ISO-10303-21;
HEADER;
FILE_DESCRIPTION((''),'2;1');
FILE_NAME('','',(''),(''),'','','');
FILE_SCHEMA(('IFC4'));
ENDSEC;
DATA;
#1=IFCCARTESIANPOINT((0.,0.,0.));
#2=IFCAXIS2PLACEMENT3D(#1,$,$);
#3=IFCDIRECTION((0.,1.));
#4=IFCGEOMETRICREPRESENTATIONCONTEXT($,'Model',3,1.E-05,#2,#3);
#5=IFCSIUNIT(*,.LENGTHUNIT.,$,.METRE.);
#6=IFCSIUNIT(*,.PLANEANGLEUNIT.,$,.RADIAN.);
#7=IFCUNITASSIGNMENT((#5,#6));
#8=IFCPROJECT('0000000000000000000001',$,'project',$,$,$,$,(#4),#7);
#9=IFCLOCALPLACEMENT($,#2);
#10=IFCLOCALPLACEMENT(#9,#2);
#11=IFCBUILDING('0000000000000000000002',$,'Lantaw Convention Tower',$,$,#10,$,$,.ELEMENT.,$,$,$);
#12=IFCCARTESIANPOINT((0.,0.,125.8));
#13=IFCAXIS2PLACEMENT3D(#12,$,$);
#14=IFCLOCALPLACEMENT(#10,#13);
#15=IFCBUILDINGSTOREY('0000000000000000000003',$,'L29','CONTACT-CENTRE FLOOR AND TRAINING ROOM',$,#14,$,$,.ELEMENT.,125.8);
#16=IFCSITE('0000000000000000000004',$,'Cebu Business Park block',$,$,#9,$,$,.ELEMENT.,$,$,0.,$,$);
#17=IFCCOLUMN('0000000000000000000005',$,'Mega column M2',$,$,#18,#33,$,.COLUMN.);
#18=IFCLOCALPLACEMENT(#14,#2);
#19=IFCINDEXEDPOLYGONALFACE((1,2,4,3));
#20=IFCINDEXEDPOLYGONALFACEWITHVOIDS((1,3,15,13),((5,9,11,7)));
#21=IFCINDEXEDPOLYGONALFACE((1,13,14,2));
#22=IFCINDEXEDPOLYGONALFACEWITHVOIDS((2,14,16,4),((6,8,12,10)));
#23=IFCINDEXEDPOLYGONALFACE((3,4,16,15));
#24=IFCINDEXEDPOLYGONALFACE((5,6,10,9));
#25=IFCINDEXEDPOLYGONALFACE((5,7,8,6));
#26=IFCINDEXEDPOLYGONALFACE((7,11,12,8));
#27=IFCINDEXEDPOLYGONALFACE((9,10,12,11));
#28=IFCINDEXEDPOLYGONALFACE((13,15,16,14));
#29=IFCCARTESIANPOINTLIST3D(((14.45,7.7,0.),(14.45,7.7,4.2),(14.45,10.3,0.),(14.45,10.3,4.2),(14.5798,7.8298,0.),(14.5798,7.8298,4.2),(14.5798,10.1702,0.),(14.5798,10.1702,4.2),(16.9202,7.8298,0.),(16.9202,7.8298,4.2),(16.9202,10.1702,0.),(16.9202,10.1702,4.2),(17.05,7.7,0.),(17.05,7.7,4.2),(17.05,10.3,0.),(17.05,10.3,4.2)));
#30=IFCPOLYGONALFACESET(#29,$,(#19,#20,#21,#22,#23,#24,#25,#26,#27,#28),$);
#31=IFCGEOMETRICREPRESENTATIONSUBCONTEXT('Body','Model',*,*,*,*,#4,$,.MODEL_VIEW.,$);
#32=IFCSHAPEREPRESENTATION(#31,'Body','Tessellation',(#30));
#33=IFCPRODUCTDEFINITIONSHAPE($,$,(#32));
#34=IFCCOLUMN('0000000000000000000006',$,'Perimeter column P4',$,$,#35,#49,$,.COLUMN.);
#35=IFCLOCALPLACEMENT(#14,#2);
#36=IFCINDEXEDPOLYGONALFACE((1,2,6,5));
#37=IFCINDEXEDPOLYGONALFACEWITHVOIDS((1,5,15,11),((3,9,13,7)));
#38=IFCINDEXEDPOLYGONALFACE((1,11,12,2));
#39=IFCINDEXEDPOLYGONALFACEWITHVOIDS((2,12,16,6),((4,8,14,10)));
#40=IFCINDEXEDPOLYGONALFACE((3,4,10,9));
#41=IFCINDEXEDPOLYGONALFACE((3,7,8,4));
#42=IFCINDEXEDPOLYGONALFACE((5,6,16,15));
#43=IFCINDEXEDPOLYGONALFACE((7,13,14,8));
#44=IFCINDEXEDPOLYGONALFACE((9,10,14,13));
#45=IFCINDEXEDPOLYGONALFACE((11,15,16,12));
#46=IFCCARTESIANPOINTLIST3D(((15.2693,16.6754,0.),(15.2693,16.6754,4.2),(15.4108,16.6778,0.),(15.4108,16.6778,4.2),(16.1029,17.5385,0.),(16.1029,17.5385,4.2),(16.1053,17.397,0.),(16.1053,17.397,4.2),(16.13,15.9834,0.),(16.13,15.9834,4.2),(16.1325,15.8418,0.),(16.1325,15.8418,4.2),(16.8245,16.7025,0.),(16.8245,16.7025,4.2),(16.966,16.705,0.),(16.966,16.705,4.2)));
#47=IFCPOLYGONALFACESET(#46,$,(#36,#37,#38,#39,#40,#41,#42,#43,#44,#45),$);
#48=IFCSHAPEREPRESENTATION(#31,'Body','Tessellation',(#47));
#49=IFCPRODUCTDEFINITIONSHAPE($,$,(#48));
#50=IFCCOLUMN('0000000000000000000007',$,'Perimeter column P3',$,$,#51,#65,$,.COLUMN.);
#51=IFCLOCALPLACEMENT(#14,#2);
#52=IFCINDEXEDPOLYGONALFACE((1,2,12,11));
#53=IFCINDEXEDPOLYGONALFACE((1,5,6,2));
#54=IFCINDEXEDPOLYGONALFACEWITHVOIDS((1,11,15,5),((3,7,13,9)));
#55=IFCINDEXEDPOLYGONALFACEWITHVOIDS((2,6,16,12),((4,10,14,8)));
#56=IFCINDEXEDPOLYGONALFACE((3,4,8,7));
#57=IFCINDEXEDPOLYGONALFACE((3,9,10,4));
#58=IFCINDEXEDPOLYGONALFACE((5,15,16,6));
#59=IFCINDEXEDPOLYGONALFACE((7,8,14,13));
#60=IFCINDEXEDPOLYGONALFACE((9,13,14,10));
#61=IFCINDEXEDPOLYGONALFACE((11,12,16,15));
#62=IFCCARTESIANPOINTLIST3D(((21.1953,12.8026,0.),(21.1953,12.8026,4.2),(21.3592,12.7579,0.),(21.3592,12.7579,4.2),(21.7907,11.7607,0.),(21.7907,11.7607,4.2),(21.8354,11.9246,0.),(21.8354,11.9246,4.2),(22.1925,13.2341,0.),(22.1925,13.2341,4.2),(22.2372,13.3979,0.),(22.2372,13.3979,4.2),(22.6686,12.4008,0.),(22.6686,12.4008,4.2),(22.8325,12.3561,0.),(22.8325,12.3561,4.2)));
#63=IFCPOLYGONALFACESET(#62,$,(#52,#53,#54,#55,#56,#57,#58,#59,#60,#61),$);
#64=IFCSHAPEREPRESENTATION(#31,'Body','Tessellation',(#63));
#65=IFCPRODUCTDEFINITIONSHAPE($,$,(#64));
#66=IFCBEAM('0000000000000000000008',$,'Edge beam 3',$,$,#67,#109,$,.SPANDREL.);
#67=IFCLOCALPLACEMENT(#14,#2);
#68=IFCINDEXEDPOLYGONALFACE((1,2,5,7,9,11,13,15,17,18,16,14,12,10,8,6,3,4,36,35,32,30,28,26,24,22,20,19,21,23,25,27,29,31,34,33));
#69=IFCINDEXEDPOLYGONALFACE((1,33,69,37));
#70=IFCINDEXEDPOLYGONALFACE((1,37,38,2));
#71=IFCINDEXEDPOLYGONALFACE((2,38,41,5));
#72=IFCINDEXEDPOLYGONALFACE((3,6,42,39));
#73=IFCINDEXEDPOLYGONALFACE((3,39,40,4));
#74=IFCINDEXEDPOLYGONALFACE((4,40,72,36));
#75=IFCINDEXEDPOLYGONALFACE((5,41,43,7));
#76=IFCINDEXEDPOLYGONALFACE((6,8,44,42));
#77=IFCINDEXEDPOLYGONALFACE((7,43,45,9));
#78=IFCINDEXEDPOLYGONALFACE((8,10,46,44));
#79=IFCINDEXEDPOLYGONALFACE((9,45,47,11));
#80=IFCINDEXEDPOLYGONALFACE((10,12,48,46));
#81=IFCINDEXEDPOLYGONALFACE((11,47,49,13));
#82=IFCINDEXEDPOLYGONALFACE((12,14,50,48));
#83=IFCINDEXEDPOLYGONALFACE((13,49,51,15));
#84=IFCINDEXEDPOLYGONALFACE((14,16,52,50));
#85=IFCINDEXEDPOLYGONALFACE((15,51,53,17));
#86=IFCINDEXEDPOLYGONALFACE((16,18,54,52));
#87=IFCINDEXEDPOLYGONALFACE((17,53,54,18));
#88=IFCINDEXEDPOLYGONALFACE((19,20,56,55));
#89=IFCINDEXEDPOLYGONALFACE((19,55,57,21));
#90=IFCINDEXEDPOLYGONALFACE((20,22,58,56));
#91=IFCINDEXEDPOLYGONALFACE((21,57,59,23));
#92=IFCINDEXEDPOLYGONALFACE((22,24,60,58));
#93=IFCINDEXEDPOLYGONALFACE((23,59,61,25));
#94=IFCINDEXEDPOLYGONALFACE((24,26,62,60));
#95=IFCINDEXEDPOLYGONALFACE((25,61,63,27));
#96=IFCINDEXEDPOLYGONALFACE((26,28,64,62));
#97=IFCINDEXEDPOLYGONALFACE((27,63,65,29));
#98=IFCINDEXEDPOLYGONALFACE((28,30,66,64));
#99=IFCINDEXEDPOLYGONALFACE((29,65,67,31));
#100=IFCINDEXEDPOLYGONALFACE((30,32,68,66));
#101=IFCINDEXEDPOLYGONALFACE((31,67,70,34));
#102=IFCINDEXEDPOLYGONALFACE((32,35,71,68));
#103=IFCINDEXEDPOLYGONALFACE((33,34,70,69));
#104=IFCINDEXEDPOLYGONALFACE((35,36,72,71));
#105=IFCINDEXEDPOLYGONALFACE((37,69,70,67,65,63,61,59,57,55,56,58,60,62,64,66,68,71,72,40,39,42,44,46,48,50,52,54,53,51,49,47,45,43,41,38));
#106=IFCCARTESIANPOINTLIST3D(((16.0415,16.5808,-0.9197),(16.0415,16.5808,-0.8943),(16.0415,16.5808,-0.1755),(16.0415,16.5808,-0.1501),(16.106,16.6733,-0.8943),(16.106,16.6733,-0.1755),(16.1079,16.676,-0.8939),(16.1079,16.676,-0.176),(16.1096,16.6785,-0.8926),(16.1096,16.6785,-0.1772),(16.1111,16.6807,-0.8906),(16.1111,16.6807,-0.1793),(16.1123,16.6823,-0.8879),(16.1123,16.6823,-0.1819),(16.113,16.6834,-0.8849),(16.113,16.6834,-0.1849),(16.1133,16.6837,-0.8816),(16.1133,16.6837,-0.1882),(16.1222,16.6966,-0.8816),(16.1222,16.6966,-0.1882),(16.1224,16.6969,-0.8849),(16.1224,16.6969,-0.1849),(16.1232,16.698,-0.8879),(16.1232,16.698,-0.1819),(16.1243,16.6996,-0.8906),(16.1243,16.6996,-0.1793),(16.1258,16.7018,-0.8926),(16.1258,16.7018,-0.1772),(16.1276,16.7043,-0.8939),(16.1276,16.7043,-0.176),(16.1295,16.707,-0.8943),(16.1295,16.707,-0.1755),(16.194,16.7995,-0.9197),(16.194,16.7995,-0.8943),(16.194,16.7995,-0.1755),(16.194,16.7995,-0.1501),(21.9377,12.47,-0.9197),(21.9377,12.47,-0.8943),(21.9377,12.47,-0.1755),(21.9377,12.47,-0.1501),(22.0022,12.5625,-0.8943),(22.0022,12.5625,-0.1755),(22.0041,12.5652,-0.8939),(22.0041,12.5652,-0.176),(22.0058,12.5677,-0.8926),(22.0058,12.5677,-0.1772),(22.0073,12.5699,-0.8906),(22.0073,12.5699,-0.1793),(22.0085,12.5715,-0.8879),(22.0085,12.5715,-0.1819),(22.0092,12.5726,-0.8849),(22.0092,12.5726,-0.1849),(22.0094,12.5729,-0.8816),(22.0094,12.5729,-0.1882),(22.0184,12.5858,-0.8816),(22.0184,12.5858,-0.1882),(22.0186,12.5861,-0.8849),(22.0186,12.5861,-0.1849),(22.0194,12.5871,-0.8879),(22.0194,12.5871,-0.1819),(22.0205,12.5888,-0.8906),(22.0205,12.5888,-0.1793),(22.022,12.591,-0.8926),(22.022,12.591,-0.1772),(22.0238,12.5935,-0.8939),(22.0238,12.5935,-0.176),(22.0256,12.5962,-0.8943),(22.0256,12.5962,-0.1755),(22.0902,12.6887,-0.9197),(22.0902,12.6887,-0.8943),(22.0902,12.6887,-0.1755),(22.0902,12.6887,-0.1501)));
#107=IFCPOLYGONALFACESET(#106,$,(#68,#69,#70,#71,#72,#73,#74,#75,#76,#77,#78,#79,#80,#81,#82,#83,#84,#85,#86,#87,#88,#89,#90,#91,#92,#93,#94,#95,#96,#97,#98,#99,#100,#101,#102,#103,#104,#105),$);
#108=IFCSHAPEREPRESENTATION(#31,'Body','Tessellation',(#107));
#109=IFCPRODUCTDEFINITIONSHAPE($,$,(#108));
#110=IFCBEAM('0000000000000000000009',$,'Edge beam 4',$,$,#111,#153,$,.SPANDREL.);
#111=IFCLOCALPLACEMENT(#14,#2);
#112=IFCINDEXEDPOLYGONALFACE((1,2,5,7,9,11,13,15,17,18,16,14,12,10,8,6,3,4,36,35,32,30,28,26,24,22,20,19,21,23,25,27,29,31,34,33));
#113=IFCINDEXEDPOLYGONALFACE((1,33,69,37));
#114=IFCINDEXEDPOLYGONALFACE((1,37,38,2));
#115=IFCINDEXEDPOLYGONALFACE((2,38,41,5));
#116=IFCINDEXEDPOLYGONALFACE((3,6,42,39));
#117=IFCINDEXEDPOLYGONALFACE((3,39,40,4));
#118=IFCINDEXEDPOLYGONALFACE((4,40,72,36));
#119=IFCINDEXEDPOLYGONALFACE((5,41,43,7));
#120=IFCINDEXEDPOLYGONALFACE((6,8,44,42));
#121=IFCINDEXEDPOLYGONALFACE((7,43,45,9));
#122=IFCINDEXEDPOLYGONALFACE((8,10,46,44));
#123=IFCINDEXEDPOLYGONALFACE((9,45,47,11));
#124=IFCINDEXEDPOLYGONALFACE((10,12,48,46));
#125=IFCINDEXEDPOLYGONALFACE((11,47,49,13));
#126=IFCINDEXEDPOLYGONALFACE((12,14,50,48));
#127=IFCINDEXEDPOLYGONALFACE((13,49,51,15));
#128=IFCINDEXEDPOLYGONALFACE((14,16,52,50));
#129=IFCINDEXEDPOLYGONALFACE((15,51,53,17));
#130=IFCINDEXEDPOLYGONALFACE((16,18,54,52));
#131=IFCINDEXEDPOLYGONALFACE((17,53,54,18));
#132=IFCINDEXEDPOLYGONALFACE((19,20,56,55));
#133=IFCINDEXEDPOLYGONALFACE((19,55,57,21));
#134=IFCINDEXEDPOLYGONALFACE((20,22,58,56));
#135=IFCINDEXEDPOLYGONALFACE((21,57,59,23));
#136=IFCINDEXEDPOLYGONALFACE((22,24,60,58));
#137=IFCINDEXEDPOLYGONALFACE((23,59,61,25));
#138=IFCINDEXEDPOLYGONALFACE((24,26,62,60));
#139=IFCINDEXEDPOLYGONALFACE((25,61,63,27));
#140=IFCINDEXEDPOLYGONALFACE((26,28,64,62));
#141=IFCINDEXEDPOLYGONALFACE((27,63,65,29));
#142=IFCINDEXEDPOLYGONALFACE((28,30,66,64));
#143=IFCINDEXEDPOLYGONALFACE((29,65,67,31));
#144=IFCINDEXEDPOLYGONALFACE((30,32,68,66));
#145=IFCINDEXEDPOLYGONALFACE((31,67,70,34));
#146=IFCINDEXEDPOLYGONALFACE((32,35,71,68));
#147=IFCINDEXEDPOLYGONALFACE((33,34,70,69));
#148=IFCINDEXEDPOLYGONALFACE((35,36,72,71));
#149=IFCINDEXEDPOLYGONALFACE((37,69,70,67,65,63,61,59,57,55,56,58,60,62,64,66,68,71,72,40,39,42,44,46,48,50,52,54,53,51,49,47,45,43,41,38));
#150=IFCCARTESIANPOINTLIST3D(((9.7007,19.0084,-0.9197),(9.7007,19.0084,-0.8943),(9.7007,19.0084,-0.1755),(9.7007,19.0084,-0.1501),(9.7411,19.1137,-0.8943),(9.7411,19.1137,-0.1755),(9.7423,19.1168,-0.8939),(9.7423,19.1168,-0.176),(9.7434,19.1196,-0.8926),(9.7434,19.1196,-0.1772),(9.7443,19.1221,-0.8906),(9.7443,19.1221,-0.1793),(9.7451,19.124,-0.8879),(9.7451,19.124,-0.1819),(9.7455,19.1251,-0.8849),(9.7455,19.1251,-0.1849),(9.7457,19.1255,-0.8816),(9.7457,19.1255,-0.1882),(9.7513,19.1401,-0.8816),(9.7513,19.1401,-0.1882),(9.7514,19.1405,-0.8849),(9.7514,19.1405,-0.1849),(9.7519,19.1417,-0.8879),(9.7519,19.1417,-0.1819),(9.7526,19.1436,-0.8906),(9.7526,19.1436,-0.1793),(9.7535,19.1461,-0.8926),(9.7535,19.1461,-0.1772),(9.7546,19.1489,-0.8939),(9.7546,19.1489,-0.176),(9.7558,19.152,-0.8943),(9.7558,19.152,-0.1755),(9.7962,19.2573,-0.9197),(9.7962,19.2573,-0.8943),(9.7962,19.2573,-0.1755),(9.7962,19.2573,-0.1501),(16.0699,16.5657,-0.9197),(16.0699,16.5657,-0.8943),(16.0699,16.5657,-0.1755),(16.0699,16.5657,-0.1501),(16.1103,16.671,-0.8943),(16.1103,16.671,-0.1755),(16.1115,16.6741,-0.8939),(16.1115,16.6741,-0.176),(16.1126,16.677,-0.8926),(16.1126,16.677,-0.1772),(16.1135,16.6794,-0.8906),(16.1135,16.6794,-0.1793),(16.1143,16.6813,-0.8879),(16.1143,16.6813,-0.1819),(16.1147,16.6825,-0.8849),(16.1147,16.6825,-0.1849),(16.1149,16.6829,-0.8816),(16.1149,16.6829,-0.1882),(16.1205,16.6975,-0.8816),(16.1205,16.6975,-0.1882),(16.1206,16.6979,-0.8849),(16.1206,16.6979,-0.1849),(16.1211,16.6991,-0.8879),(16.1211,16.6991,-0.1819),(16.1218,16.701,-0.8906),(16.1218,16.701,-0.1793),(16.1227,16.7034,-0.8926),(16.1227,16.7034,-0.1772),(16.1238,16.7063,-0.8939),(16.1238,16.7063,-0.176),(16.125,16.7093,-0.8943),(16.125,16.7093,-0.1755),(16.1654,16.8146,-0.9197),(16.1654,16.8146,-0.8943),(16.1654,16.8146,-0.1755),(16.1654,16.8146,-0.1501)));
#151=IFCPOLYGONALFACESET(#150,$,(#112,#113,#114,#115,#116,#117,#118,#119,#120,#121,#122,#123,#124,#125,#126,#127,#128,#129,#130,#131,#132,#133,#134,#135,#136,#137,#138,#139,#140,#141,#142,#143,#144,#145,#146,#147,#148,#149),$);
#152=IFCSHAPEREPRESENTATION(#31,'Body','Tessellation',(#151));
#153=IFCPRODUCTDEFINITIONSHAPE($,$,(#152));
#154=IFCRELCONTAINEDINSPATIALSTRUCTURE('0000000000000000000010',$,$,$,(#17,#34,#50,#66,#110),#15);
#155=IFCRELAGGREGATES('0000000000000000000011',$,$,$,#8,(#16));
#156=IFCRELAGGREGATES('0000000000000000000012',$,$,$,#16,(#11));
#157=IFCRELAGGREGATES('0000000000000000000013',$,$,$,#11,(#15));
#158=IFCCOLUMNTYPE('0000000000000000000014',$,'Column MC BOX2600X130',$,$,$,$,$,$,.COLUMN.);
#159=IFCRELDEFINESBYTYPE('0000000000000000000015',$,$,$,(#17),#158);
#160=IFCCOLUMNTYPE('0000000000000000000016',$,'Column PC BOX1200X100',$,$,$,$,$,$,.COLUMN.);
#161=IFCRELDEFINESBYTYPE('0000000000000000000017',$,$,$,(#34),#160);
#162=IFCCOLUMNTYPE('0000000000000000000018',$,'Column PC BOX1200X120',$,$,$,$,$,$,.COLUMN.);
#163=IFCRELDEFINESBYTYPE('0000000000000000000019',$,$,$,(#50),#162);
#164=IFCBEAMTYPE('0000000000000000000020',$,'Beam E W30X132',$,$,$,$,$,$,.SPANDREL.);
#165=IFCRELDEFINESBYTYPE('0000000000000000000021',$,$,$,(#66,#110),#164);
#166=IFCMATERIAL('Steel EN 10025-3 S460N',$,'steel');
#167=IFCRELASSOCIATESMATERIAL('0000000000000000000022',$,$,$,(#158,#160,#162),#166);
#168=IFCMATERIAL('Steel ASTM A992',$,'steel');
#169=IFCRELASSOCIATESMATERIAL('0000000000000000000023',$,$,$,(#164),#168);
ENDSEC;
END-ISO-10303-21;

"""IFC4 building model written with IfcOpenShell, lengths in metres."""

from ifc_helpers import new_model, si_unit, direction, frame, origin, origin_2d, place, context, subcontext, project, spatial, rectangle, hollow_rectangle, i_section, extrude, material, material_profile, profile_set, type_object, element, save


model = new_model("IFC4")

# Units and contexts
model_context = context("Model", 3, precision=1e-05, world=origin(), true_north=direction((0.0, 1.0)))
body_context = subcontext(model_context, "Body", "Model", "MODEL_VIEW")
ifc_project = project(units=[si_unit("LENGTHUNIT", "METRE"), si_unit("PLANEANGLEUNIT", "RADIAN")], contexts=[model_context])

# Site, building, storey
site_placement = place(None, origin())
site = spatial("IfcSite", under=ifc_project, at=site_placement, Name="Cebu Business Park block", CompositionType="ELEMENT", RefElevation=0.0)
building_placement = place(site_placement, origin())
building = spatial("IfcBuilding", under=site, at=building_placement, Name="Lantaw Convention Tower", CompositionType="ELEMENT")
storey_placement = place(building_placement, frame((0.0, 0.0, 125.8)))
storey = spatial("IfcBuildingStorey", under=building, at=storey_placement, Name="L29", Description="CONTACT-CENTRE FLOOR AND TRAINING ROOM", CompositionType="ELEMENT", Elevation=125.8)

# Columns
ifc_material_1 = material(Name="Steel EN 10025-3 S460N", Category="steel")
ifc_material_profile_1 = material_profile(ifc_material_1, hollow_rectangle(XDim=2.6001, YDim=2.6001, WallThickness=0.1299, at=origin_2d()), Name="BOX2600X130")
ifc_material_2 = material(Name="Concrete C60/75", Category="concrete")
ifc_material_profile_2 = material_profile(ifc_material_2, rectangle(XDim=2.3401, YDim=2.3401, at=origin_2d()), Name="Concrete fill of BOX2600X130")
ifc_profile_set_1 = profile_set([ifc_material_profile_1, ifc_material_profile_2], Name="Steel EN 10025-3 S460N")
column_type_1 = type_object("IfcColumnType", Name="Column MC BOX2600X130", PredefinedType="COLUMN", material=ifc_profile_set_1)
column_1_placement = place(storey_placement, frame((15.75, 9.0, 0.0), z_axis=(0.0, 0.0, 1.0), x_axis=(1.0, 0.0, 0.0)))
element("IfcColumn", 1, at=column_1_placement, inside=storey, type_object=column_type_1, Name="Mega column M2", PredefinedType="COLUMN", context=body_context, shape_type="SweptSolid", body=[
    extrude(hollow_rectangle(XDim=2.6001, YDim=2.6001, WallThickness=0.1299, at=origin_2d()), origin(), (0.0, 0.0, 1.0), 4.2),
])
ifc_material_profile_3 = material_profile(ifc_material_1, hollow_rectangle(XDim=1.2, YDim=1.2, WallThickness=0.1001, at=origin_2d()), Name="BOX1200X100")
ifc_material_profile_4 = material_profile(ifc_material_2, rectangle(XDim=1.0, YDim=1.0, at=origin_2d()), Name="Concrete fill of BOX1200X100")
ifc_profile_set_2 = profile_set([ifc_material_profile_3, ifc_material_profile_4], Name="Steel EN 10025-3 S460N")
column_type_2 = type_object("IfcColumnType", Name="Column PC BOX1200X100", PredefinedType="COLUMN", material=ifc_profile_set_2)
column_2_placement = place(storey_placement, frame((16.1177, 16.6902, 0.0), z_axis=(0.0, 0.0, 1.0), x_axis=(0.694658, 0.71934, 0.0)))
element("IfcColumn", 2, at=column_2_placement, inside=storey, type_object=column_type_2, Name="Perimeter column P4", PredefinedType="COLUMN", context=body_context, shape_type="SweptSolid", body=[
    extrude(hollow_rectangle(XDim=1.2, YDim=1.2, WallThickness=0.1001, at=origin_2d()), origin(), (0.0, 0.0, 1.0), 4.2),
])
ifc_material_profile_5 = material_profile(ifc_material_1, hollow_rectangle(XDim=1.2, YDim=1.2, WallThickness=0.1201, at=origin_2d()), Name="BOX1200X120")
ifc_material_profile_6 = material_profile(ifc_material_2, rectangle(XDim=0.96, YDim=0.96, at=origin_2d()), Name="Concrete fill of BOX1200X120")
ifc_profile_set_3 = profile_set([ifc_material_profile_5, ifc_material_profile_6], Name="Steel EN 10025-3 S460N")
column_type_3 = type_object("IfcColumnType", Name="Column PC BOX1200X120", PredefinedType="COLUMN", material=ifc_profile_set_3)
column_3_placement = place(storey_placement, frame((22.0139, 12.5793, 0.0), z_axis=(0.0, 0.0, 1.0), x_axis=(0.868243, 0.496139, 0.0)))
element("IfcColumn", 3, at=column_3_placement, inside=storey, type_object=column_type_3, Name="Perimeter column P3", PredefinedType="COLUMN", context=body_context, shape_type="SweptSolid", body=[
    extrude(hollow_rectangle(XDim=1.2, YDim=1.2, WallThickness=0.1201, at=origin_2d()), origin(), (0.0, 0.0, 1.0), 4.2),
])

# Beams
ifc_material_3 = material(Name="Steel ASTM A992", Category="steel")
ifc_material_profile_7 = material_profile(ifc_material_3, i_section(OverallWidth=0.2666, OverallDepth=0.7695, WebThickness=0.0156, FlangeThickness=0.0254, FilletRadius=0.0127, at=origin_2d()), Name="W30X132")
ifc_profile_set_4 = profile_set([ifc_material_profile_7], Name="Steel ASTM A992")
beam_type_1 = type_object("IfcBeamType", Name="Beam E W30X132", PredefinedType="SPANDREL", material=ifc_profile_set_4)
beam_1_placement = place(storey_placement, frame((22.0139, 12.5793, -0.5349), z_axis=(-0.820311, 0.571918, 0.0), x_axis=(-0.571918, -0.820311, 0.0)))
element("IfcBeam", 4, at=beam_1_placement, inside=storey, type_object=beam_type_1, Name="Edge beam 3", PredefinedType="SPANDREL", context=body_context, shape_type="SweptSolid", body=[
    extrude(i_section(OverallWidth=0.2666, OverallDepth=0.7695, WebThickness=0.0156, FlangeThickness=0.0254, FilletRadius=0.0127, at=origin_2d()), origin(), (0.0, 0.0, 1.0), 7.1877),
])
beam_2_placement = place(storey_placement, frame((16.1177, 16.6902, -0.5349), z_axis=(-0.933691, 0.35808, 0.0), x_axis=(-0.35808, -0.933691, 0.0)))
element("IfcBeam", 5, at=beam_2_placement, inside=storey, type_object=beam_type_1, Name="Edge beam 4", PredefinedType="SPANDREL", context=body_context, shape_type="SweptSolid", body=[
    extrude(i_section(OverallWidth=0.2666, OverallDepth=0.7695, WebThickness=0.0156, FlangeThickness=0.0254, FilletRadius=0.0127, at=origin_2d()), origin(), (0.0, 0.0, 1.0), 6.8215),
])

save(model, "model.ifc")
